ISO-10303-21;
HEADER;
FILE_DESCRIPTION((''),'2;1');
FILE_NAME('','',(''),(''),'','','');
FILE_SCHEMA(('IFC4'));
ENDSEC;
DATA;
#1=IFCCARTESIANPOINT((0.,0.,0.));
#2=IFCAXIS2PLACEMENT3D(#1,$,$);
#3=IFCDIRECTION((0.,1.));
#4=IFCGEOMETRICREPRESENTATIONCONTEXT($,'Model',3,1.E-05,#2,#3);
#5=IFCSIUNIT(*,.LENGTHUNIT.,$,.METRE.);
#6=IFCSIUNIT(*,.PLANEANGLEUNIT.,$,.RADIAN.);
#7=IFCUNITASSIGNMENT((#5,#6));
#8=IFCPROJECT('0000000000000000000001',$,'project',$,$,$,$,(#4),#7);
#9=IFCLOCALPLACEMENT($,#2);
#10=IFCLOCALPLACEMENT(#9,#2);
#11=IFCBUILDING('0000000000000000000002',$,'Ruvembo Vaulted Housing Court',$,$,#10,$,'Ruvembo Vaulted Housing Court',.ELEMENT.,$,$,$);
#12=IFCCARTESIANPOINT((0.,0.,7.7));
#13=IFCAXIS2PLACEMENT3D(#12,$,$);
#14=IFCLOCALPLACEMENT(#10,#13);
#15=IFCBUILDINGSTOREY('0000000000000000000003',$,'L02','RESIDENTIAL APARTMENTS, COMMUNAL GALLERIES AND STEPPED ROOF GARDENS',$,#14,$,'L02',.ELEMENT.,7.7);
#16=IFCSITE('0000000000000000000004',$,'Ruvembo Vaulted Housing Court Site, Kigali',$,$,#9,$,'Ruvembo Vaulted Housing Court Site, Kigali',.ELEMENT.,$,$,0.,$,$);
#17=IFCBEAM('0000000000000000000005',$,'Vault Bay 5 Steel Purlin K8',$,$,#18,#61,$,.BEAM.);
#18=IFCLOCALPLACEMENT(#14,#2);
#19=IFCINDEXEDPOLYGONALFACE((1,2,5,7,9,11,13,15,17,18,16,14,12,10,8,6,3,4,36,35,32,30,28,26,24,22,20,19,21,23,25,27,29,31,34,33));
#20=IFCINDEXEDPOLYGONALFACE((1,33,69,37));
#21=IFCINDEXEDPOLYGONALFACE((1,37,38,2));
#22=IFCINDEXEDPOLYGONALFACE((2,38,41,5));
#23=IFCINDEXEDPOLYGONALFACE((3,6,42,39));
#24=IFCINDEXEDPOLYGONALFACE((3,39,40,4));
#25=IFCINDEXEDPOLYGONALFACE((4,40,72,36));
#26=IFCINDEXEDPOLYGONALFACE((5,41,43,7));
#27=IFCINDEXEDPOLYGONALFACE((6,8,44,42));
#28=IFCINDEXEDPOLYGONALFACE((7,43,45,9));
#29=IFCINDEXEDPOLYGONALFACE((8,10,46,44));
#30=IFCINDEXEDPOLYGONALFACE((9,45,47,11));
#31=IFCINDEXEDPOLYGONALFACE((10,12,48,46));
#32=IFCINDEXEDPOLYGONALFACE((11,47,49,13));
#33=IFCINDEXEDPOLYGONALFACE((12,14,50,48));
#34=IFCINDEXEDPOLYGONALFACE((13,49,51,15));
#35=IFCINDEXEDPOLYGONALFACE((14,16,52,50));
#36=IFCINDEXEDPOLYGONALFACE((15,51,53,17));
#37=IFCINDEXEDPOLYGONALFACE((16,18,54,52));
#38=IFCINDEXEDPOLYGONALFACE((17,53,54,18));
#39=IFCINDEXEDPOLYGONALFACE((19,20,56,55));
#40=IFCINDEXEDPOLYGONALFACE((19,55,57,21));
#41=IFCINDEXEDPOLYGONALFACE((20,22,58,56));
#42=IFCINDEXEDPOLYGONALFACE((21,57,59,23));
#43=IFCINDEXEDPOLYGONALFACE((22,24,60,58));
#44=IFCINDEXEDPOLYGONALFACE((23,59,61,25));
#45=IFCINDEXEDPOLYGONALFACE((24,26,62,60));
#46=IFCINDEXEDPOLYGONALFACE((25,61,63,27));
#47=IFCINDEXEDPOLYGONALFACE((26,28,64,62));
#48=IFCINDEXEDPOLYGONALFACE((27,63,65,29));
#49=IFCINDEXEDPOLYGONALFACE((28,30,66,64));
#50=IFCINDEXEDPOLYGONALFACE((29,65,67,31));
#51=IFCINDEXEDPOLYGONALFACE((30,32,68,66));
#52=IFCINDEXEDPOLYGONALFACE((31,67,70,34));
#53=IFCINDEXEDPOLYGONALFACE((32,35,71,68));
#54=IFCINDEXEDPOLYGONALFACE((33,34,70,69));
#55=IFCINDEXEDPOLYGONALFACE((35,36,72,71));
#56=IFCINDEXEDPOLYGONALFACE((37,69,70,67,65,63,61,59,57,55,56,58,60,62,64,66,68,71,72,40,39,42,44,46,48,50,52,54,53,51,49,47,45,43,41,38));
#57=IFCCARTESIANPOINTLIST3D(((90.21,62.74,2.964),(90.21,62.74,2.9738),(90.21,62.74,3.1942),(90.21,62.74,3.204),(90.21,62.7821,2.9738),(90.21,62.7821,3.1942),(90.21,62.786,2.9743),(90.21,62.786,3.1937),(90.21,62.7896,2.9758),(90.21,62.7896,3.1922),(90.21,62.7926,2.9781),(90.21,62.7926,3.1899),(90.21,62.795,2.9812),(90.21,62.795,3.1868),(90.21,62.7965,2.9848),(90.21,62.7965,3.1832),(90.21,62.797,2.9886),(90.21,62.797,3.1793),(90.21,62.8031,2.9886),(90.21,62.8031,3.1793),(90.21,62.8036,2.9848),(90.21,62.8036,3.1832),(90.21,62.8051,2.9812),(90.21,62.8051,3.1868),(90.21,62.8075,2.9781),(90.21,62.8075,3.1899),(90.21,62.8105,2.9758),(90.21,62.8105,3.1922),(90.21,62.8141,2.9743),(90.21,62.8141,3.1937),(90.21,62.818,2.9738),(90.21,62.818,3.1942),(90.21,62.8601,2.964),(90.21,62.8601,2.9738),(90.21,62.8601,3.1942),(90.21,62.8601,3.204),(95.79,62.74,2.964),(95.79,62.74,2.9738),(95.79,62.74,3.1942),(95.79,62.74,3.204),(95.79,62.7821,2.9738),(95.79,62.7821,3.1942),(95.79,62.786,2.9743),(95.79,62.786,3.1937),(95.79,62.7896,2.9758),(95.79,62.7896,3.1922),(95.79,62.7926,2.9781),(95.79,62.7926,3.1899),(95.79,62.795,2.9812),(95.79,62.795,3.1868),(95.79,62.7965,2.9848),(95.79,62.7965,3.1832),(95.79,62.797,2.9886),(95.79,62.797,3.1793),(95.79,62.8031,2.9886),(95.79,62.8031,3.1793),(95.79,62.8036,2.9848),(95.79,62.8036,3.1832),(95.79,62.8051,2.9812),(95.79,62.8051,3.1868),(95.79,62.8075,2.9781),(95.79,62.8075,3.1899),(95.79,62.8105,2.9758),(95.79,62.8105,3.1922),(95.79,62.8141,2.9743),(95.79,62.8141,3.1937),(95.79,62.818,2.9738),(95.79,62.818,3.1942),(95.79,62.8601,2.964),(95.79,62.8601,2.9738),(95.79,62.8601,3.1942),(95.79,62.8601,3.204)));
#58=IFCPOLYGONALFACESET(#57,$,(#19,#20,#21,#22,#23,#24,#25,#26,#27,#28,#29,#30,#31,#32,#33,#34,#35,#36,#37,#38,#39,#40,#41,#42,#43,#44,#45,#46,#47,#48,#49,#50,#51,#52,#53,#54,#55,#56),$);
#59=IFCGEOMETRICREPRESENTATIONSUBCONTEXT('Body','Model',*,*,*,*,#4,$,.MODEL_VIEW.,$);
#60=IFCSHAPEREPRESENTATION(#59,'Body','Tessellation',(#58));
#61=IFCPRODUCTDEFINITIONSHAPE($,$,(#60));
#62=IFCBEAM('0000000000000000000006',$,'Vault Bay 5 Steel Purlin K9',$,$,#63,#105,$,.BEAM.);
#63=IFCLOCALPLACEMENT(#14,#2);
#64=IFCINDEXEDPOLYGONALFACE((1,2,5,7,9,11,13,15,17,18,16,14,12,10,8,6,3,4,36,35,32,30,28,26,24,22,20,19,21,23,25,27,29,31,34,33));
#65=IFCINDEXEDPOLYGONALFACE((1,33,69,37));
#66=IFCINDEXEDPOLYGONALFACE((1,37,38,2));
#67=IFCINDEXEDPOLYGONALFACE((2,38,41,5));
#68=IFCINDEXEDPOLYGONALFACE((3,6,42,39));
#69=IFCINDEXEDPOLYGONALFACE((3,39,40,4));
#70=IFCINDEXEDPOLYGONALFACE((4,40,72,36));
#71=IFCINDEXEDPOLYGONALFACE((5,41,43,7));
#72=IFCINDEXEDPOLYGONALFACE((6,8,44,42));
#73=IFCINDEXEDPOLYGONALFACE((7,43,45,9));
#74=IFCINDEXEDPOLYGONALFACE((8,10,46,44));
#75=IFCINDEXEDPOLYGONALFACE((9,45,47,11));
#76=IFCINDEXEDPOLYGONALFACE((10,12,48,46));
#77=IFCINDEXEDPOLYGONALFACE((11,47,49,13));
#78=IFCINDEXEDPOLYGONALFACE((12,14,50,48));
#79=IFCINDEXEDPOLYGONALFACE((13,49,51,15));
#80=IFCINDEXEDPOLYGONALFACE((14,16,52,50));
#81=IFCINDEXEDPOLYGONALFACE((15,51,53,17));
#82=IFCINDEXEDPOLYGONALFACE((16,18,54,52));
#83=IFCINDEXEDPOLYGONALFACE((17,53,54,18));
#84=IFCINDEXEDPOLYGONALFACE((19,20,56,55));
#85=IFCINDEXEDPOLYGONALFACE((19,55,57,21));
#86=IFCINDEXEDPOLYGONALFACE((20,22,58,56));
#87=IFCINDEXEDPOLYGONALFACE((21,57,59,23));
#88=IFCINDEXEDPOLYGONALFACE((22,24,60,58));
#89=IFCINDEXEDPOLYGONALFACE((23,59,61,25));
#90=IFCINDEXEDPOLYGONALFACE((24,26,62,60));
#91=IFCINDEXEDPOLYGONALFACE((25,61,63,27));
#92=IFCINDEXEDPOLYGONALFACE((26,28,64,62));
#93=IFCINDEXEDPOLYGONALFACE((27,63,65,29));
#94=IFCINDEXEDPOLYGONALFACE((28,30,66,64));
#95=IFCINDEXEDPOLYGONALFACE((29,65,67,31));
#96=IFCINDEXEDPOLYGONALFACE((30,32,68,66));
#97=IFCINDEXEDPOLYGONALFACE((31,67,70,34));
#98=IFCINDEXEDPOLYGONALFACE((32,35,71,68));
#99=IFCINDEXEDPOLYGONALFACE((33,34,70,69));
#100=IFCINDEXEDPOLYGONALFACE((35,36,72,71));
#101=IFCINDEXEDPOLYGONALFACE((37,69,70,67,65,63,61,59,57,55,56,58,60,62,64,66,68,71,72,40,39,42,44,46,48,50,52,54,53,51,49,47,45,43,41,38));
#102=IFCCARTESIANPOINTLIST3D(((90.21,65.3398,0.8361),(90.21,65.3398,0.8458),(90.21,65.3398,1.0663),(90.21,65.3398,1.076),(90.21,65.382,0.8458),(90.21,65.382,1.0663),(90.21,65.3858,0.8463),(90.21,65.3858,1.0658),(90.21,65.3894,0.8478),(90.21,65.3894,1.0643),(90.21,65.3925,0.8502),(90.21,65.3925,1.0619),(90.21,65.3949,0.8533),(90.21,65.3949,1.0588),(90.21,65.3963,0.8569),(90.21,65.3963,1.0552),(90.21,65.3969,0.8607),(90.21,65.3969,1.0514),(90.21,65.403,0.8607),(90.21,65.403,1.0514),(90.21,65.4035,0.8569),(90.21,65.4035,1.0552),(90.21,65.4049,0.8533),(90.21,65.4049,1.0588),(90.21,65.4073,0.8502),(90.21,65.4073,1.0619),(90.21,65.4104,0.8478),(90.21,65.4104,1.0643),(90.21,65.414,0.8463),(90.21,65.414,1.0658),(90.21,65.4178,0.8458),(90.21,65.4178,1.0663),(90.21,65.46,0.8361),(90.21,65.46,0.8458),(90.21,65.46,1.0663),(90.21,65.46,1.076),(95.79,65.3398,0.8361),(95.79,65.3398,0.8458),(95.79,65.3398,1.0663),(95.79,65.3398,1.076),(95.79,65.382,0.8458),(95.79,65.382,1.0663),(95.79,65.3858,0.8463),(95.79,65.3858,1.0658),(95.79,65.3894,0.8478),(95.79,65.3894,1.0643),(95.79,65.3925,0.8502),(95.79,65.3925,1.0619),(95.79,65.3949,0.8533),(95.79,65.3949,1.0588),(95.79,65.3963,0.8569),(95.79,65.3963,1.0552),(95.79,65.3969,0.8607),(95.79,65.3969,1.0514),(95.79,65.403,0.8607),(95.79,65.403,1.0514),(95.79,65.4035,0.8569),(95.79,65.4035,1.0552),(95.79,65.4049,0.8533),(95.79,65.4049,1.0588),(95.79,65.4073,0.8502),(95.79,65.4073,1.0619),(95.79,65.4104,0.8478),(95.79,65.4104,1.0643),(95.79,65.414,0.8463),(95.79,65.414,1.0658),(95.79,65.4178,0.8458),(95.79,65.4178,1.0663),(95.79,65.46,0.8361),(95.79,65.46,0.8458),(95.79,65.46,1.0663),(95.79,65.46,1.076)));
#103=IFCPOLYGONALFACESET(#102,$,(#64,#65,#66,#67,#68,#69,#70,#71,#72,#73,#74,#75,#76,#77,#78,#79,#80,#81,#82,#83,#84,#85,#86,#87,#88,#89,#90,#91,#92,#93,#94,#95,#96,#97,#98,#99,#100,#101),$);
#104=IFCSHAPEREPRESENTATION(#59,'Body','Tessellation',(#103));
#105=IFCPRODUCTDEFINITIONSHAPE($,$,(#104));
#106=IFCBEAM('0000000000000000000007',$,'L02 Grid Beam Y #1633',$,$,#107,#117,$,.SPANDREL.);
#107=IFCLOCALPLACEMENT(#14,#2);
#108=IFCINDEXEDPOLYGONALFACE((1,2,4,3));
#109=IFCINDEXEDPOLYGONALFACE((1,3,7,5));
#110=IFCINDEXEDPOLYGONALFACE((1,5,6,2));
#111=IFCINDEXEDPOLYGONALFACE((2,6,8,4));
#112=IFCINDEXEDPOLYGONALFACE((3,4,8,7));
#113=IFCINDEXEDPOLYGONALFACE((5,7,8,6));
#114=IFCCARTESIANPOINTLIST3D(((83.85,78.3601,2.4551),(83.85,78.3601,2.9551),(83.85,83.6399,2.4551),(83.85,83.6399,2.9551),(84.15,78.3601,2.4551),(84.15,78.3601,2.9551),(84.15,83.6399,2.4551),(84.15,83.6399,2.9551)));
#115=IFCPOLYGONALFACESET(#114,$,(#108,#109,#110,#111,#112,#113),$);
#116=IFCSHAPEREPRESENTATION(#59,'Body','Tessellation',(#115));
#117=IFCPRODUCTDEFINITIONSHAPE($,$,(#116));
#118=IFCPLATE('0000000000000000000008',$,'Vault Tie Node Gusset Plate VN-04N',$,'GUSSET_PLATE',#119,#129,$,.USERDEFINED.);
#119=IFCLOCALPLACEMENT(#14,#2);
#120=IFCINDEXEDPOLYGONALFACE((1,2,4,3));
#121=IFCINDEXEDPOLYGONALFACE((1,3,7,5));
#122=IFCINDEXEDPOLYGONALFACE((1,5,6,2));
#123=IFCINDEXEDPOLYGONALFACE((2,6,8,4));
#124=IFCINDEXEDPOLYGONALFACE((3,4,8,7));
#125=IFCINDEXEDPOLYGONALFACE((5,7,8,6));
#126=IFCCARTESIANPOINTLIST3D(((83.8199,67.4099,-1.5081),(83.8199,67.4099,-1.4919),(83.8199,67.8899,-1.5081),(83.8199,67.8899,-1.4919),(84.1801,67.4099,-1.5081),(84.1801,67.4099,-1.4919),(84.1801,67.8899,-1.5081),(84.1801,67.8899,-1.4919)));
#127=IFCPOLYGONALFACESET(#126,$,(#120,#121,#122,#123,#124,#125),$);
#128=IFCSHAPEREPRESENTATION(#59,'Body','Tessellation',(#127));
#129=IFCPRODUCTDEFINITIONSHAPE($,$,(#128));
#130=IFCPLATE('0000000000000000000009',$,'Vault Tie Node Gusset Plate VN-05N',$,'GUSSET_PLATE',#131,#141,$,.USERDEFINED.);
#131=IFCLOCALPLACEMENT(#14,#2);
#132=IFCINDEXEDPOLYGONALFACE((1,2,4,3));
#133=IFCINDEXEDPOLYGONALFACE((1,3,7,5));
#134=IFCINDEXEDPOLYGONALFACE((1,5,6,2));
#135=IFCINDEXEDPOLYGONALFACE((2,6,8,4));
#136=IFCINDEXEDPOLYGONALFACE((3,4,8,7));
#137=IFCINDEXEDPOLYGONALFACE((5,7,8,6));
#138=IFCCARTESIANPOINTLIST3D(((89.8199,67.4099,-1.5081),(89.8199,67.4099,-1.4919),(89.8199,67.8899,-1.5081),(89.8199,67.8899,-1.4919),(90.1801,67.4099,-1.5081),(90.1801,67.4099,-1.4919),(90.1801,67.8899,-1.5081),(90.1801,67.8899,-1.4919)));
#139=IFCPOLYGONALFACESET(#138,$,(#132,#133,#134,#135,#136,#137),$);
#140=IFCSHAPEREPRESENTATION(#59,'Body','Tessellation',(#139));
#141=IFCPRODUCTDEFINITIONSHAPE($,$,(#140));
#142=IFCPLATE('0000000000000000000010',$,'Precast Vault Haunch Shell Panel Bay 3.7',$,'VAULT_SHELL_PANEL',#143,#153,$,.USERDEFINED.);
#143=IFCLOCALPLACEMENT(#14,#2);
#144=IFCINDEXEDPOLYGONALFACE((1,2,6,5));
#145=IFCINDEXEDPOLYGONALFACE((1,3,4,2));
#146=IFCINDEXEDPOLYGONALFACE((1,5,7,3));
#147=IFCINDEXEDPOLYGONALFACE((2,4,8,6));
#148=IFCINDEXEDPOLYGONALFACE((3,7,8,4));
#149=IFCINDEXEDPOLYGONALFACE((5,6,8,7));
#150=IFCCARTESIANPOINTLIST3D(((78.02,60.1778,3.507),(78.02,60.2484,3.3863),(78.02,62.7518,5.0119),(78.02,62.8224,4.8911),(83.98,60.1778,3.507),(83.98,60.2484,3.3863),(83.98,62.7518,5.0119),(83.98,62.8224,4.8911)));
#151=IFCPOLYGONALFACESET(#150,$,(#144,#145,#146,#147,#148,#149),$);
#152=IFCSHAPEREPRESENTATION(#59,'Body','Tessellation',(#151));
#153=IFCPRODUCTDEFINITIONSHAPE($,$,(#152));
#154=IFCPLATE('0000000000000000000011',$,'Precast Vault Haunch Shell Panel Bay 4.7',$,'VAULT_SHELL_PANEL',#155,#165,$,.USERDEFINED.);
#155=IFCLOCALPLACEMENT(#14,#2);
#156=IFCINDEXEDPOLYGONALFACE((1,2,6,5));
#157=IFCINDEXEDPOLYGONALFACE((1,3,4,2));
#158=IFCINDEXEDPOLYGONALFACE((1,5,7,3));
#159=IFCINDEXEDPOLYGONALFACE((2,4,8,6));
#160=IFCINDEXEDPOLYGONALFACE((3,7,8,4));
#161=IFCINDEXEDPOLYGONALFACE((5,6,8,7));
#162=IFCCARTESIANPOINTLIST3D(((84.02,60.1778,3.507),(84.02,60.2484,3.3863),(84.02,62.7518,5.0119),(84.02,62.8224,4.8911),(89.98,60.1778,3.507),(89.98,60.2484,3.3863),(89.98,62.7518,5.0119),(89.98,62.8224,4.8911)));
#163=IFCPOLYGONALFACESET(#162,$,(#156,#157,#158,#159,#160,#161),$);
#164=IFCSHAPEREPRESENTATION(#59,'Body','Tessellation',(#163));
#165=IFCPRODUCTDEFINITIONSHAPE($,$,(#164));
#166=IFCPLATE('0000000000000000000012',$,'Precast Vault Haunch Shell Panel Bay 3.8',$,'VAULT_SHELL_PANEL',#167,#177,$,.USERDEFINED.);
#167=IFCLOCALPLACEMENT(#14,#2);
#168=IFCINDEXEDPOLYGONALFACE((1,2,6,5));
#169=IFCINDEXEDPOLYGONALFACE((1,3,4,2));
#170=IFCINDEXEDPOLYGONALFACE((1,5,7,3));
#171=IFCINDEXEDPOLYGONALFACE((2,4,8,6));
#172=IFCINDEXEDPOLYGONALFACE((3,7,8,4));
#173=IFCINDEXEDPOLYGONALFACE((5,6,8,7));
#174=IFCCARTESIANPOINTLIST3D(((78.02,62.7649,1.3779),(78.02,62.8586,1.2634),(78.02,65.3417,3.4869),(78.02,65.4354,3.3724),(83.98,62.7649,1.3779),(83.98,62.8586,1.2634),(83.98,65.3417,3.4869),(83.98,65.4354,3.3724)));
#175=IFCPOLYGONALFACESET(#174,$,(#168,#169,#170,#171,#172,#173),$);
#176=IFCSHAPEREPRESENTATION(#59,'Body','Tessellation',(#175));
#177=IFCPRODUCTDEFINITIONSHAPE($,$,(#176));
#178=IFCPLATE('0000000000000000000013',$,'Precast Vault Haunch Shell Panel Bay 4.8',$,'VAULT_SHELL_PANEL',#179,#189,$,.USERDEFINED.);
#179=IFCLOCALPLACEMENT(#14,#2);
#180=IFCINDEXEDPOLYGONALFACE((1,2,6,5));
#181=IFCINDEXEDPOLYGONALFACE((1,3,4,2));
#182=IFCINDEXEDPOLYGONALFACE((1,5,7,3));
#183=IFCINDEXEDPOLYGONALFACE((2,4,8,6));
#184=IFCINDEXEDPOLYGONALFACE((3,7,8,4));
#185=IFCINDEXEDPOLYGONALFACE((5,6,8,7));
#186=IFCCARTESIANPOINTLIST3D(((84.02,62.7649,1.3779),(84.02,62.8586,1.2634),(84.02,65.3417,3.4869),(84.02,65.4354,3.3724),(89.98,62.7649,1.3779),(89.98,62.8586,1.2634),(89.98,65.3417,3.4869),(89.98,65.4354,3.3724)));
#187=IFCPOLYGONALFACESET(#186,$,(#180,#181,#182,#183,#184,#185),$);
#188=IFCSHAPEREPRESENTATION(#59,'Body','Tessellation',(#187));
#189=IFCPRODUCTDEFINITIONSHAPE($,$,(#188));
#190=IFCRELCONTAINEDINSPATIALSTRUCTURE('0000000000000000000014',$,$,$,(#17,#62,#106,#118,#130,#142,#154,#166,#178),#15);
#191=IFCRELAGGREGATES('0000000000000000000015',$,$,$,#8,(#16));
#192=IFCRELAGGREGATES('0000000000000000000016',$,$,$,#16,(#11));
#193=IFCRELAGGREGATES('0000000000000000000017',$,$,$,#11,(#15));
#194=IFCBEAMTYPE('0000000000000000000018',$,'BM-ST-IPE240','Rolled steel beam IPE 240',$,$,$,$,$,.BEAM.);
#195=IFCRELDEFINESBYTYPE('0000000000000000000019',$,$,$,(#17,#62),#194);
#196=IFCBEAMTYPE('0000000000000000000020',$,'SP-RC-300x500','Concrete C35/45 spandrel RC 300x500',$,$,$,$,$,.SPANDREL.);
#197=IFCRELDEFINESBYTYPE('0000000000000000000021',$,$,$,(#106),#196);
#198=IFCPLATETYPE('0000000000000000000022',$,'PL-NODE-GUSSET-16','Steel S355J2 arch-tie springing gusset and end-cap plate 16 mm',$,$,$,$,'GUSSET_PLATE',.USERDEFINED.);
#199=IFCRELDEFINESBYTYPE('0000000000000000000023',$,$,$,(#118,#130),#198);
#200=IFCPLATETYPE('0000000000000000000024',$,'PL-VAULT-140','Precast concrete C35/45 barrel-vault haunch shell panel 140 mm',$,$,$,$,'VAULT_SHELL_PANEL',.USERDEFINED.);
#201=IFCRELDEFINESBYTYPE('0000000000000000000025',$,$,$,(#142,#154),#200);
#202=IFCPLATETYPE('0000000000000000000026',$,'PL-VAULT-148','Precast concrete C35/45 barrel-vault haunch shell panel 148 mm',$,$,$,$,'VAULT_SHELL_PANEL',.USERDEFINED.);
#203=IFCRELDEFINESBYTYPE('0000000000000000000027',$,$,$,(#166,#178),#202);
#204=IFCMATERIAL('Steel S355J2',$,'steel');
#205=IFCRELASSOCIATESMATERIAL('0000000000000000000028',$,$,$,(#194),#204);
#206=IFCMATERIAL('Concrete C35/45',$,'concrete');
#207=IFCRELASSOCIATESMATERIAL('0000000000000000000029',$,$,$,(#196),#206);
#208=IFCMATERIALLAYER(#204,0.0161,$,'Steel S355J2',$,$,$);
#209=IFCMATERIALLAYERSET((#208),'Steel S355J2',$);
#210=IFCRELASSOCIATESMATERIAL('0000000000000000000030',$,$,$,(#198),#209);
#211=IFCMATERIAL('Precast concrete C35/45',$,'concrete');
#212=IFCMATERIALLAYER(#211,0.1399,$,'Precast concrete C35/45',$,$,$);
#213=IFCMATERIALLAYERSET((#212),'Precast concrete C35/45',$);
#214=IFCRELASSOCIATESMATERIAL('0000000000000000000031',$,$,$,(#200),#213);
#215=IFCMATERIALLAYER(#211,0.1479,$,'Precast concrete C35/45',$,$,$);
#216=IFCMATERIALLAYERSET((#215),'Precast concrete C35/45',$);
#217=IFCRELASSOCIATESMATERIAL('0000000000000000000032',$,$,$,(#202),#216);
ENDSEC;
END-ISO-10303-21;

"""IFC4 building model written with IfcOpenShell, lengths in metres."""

from ifc_helpers import new_model, si_unit, direction, frame, origin, origin_2d, place, context, subcontext, project, spatial, rectangle, i_section, extrude, material, layer, layer_set, material_profile, profile_set, type_object, element, save


model = new_model("IFC4")

# Units and contexts
model_context = context("Model", 3, precision=1e-05, world=origin(), true_north=direction((0.0, 1.0)))
body_context = subcontext(model_context, "Body", "Model", "MODEL_VIEW")
ifc_project = project(units=[si_unit("LENGTHUNIT", "METRE"), si_unit("PLANEANGLEUNIT", "RADIAN")], contexts=[model_context])

# Site, building, storey
site_placement = place(None, origin())
site = spatial("IfcSite", under=ifc_project, at=site_placement, Name="Ruvembo Vaulted Housing Court Site, Kigali", LongName="Ruvembo Vaulted Housing Court Site, Kigali", CompositionType="ELEMENT", RefElevation=0.0)
building_placement = place(site_placement, origin())
building = spatial("IfcBuilding", under=site, at=building_placement, Name="Ruvembo Vaulted Housing Court", LongName="Ruvembo Vaulted Housing Court", CompositionType="ELEMENT")
storey_placement = place(building_placement, frame((0.0, 0.0, 7.7)))
storey = spatial("IfcBuildingStorey", under=building, at=storey_placement, Name="L02", Description="RESIDENTIAL APARTMENTS, COMMUNAL GALLERIES AND STEPPED ROOF GARDENS", LongName="L02", CompositionType="ELEMENT", Elevation=7.7)

# Beams
ifc_material_1 = material(Name="Concrete C35/45", Category="concrete")
ifc_material_2 = material(Name="Steel S355J2", Category="steel")
ifc_material_profile_1 = material_profile(ifc_material_2, i_section(OverallWidth=0.1201, OverallDepth=0.24, WebThickness=0.0061, FlangeThickness=0.0098, FilletRadius=0.0149, at=origin_2d()), Name="IPE 240")
ifc_profile_set_1 = profile_set([ifc_material_profile_1], Name="Steel S355J2")
beam_type_1 = type_object("IfcBeamType", Name="BM-ST-IPE240", Description="Rolled steel beam IPE 240", PredefinedType="BEAM", material=ifc_profile_set_1)
for number, where, z_axis, x_axis, name in (
    (1, (90.21, 62.8, 3.084), (1.0, 0.0, 0.0), (0.0, 1.0, 0.0), "Vault Bay 5 Steel Purlin K8"),
    (2, (90.21, 65.3999, 0.9561), (1.0, 0.0, 0.0), (0.0, 1.0, 0.0), "Vault Bay 5 Steel Purlin K9"),
):
    element("IfcBeam", number, at=place(storey_placement, frame(where, z_axis=z_axis, x_axis=x_axis)), inside=storey, type_object=beam_type_1, Name=name, PredefinedType="BEAM", context=body_context, shape_type="SweptSolid", body=[
        extrude(i_section(OverallWidth=0.1201, OverallDepth=0.24, WebThickness=0.0061, FlangeThickness=0.0098, FilletRadius=0.0149, at=origin_2d()), origin(), (0.0, 0.0, 1.0), 5.5801),
    ])
ifc_material_profile_2 = material_profile(ifc_material_1, rectangle(XDim=0.3, YDim=0.5, at=origin_2d()), Name="RC 300x500")
ifc_profile_set_2 = profile_set([ifc_material_profile_2], Name="Concrete C35/45")
beam_type_2 = type_object("IfcBeamType", Name="SP-RC-300x500", Description="Concrete C35/45 spandrel RC 300x500", PredefinedType="SPANDREL", material=ifc_profile_set_2)
beam_1_placement = place(storey_placement, frame((84.0, 78.3601, 2.7051), z_axis=(0.0, 1.0, 0.0), x_axis=(-1.0, 0.0, 0.0)))
element("IfcBeam", 3, at=beam_1_placement, inside=storey, type_object=beam_type_2, Name="L02 Grid Beam Y #1633", PredefinedType="SPANDREL", context=body_context, shape_type="SweptSolid", body=[
    extrude(rectangle(XDim=0.3, YDim=0.5, at=origin_2d()), origin(), (0.0, 0.0, 1.0), 5.2798),
])

# Plates
ifc_layer_1 = layer(ifc_material_2, 0.0161, Name="Steel S355J2")
ifc_layer_set_1 = layer_set([ifc_layer_1], Name="Steel S355J2")
plate_type_1 = type_object("IfcPlateType", Name="PL-NODE-GUSSET-16", Description="Steel S355J2 arch-tie springing gusset and end-cap plate 16 mm", ElementType="GUSSET_PLATE", PredefinedType="USERDEFINED", material=ifc_layer_set_1)
for number, where, z_axis, x_axis, name in (
    (4, (84.0, 67.6499, -1.5081), (0.0, 0.0, 1.0), (0.0, 1.0, 0.0), "Vault Tie Node Gusset Plate VN-04N"),
    (5, (90.0, 67.6499, -1.5081), (0.0, 0.0, 1.0), (0.0, 1.0, 0.0), "Vault Tie Node Gusset Plate VN-05N"),
):
    element("IfcPlate", number, at=place(storey_placement, frame(where, z_axis=z_axis, x_axis=x_axis)), inside=storey, type_object=plate_type_1, Name=name, ObjectType="GUSSET_PLATE", PredefinedType="USERDEFINED", context=body_context, shape_type="SweptSolid", body=[
        extrude(rectangle(XDim=0.48, YDim=0.3601, at=origin_2d()), origin(), (0.0, 0.0, 1.0), 0.0161),
    ])
ifc_material_3 = material(Name="Precast concrete C35/45", Category="concrete")
ifc_layer_2 = layer(ifc_material_3, 0.1399, Name="Precast concrete C35/45")
ifc_layer_set_2 = layer_set([ifc_layer_2], Name="Precast concrete C35/45")
plate_type_2 = type_object("IfcPlateType", Name="PL-VAULT-140", Description="Precast concrete C35/45 barrel-vault haunch shell panel 140 mm", ElementType="VAULT_SHELL_PANEL", PredefinedType="USERDEFINED", material=ifc_layer_set_2)
for number, where, z_axis, x_axis, name in (
    (6, (81.0, 61.5354, 4.1387), (0.0, -0.504693, 0.863299), (1.0, 0.0, 0.0), "Precast Vault Haunch Shell Panel Bay 3.7"),
    (7, (87.0, 61.5354, 4.1387), (0.0, -0.504693, 0.863299), (1.0, 0.0, 0.0), "Precast Vault Haunch Shell Panel Bay 4.7"),
):
    element("IfcPlate", number, at=place(storey_placement, frame(where, z_axis=z_axis, x_axis=x_axis)), inside=storey, type_object=plate_type_2, Name=name, ObjectType="VAULT_SHELL_PANEL", PredefinedType="USERDEFINED", context=body_context, shape_type="SweptSolid", body=[
        extrude(rectangle(XDim=5.96, YDim=2.9817, at=origin_2d()), origin(), (0.0, 0.0, 1.0), 0.1399),
    ])
ifc_layer_3 = layer(ifc_material_3, 0.1479, Name="Precast concrete C35/45")
ifc_layer_set_3 = layer_set([ifc_layer_3], Name="Precast concrete C35/45")
plate_type_3 = type_object("IfcPlateType", Name="PL-VAULT-148", Description="Precast concrete C35/45 barrel-vault haunch shell panel 148 mm", ElementType="VAULT_SHELL_PANEL", PredefinedType="USERDEFINED", material=ifc_layer_set_3)
for number, where, z_axis, x_axis, name in (
    (8, (81.0, 64.147, 2.3179), (0.0, -0.633367, 0.773851), (1.0, 0.0, 0.0), "Precast Vault Haunch Shell Panel Bay 3.8"),
    (9, (87.0, 64.147, 2.3179), (0.0, -0.633367, 0.773851), (1.0, 0.0, 0.0), "Precast Vault Haunch Shell Panel Bay 4.8"),
):
    element("IfcPlate", number, at=place(storey_placement, frame(where, z_axis=z_axis, x_axis=x_axis)), inside=storey, type_object=plate_type_3, Name=name, ObjectType="VAULT_SHELL_PANEL", PredefinedType="USERDEFINED", context=body_context, shape_type="SweptSolid", body=[
        extrude(rectangle(XDim=5.96, YDim=3.3298, at=origin_2d()), origin(), (0.0, 0.0, 1.0), 0.1479),
    ])

save(model, "model.ifc")
